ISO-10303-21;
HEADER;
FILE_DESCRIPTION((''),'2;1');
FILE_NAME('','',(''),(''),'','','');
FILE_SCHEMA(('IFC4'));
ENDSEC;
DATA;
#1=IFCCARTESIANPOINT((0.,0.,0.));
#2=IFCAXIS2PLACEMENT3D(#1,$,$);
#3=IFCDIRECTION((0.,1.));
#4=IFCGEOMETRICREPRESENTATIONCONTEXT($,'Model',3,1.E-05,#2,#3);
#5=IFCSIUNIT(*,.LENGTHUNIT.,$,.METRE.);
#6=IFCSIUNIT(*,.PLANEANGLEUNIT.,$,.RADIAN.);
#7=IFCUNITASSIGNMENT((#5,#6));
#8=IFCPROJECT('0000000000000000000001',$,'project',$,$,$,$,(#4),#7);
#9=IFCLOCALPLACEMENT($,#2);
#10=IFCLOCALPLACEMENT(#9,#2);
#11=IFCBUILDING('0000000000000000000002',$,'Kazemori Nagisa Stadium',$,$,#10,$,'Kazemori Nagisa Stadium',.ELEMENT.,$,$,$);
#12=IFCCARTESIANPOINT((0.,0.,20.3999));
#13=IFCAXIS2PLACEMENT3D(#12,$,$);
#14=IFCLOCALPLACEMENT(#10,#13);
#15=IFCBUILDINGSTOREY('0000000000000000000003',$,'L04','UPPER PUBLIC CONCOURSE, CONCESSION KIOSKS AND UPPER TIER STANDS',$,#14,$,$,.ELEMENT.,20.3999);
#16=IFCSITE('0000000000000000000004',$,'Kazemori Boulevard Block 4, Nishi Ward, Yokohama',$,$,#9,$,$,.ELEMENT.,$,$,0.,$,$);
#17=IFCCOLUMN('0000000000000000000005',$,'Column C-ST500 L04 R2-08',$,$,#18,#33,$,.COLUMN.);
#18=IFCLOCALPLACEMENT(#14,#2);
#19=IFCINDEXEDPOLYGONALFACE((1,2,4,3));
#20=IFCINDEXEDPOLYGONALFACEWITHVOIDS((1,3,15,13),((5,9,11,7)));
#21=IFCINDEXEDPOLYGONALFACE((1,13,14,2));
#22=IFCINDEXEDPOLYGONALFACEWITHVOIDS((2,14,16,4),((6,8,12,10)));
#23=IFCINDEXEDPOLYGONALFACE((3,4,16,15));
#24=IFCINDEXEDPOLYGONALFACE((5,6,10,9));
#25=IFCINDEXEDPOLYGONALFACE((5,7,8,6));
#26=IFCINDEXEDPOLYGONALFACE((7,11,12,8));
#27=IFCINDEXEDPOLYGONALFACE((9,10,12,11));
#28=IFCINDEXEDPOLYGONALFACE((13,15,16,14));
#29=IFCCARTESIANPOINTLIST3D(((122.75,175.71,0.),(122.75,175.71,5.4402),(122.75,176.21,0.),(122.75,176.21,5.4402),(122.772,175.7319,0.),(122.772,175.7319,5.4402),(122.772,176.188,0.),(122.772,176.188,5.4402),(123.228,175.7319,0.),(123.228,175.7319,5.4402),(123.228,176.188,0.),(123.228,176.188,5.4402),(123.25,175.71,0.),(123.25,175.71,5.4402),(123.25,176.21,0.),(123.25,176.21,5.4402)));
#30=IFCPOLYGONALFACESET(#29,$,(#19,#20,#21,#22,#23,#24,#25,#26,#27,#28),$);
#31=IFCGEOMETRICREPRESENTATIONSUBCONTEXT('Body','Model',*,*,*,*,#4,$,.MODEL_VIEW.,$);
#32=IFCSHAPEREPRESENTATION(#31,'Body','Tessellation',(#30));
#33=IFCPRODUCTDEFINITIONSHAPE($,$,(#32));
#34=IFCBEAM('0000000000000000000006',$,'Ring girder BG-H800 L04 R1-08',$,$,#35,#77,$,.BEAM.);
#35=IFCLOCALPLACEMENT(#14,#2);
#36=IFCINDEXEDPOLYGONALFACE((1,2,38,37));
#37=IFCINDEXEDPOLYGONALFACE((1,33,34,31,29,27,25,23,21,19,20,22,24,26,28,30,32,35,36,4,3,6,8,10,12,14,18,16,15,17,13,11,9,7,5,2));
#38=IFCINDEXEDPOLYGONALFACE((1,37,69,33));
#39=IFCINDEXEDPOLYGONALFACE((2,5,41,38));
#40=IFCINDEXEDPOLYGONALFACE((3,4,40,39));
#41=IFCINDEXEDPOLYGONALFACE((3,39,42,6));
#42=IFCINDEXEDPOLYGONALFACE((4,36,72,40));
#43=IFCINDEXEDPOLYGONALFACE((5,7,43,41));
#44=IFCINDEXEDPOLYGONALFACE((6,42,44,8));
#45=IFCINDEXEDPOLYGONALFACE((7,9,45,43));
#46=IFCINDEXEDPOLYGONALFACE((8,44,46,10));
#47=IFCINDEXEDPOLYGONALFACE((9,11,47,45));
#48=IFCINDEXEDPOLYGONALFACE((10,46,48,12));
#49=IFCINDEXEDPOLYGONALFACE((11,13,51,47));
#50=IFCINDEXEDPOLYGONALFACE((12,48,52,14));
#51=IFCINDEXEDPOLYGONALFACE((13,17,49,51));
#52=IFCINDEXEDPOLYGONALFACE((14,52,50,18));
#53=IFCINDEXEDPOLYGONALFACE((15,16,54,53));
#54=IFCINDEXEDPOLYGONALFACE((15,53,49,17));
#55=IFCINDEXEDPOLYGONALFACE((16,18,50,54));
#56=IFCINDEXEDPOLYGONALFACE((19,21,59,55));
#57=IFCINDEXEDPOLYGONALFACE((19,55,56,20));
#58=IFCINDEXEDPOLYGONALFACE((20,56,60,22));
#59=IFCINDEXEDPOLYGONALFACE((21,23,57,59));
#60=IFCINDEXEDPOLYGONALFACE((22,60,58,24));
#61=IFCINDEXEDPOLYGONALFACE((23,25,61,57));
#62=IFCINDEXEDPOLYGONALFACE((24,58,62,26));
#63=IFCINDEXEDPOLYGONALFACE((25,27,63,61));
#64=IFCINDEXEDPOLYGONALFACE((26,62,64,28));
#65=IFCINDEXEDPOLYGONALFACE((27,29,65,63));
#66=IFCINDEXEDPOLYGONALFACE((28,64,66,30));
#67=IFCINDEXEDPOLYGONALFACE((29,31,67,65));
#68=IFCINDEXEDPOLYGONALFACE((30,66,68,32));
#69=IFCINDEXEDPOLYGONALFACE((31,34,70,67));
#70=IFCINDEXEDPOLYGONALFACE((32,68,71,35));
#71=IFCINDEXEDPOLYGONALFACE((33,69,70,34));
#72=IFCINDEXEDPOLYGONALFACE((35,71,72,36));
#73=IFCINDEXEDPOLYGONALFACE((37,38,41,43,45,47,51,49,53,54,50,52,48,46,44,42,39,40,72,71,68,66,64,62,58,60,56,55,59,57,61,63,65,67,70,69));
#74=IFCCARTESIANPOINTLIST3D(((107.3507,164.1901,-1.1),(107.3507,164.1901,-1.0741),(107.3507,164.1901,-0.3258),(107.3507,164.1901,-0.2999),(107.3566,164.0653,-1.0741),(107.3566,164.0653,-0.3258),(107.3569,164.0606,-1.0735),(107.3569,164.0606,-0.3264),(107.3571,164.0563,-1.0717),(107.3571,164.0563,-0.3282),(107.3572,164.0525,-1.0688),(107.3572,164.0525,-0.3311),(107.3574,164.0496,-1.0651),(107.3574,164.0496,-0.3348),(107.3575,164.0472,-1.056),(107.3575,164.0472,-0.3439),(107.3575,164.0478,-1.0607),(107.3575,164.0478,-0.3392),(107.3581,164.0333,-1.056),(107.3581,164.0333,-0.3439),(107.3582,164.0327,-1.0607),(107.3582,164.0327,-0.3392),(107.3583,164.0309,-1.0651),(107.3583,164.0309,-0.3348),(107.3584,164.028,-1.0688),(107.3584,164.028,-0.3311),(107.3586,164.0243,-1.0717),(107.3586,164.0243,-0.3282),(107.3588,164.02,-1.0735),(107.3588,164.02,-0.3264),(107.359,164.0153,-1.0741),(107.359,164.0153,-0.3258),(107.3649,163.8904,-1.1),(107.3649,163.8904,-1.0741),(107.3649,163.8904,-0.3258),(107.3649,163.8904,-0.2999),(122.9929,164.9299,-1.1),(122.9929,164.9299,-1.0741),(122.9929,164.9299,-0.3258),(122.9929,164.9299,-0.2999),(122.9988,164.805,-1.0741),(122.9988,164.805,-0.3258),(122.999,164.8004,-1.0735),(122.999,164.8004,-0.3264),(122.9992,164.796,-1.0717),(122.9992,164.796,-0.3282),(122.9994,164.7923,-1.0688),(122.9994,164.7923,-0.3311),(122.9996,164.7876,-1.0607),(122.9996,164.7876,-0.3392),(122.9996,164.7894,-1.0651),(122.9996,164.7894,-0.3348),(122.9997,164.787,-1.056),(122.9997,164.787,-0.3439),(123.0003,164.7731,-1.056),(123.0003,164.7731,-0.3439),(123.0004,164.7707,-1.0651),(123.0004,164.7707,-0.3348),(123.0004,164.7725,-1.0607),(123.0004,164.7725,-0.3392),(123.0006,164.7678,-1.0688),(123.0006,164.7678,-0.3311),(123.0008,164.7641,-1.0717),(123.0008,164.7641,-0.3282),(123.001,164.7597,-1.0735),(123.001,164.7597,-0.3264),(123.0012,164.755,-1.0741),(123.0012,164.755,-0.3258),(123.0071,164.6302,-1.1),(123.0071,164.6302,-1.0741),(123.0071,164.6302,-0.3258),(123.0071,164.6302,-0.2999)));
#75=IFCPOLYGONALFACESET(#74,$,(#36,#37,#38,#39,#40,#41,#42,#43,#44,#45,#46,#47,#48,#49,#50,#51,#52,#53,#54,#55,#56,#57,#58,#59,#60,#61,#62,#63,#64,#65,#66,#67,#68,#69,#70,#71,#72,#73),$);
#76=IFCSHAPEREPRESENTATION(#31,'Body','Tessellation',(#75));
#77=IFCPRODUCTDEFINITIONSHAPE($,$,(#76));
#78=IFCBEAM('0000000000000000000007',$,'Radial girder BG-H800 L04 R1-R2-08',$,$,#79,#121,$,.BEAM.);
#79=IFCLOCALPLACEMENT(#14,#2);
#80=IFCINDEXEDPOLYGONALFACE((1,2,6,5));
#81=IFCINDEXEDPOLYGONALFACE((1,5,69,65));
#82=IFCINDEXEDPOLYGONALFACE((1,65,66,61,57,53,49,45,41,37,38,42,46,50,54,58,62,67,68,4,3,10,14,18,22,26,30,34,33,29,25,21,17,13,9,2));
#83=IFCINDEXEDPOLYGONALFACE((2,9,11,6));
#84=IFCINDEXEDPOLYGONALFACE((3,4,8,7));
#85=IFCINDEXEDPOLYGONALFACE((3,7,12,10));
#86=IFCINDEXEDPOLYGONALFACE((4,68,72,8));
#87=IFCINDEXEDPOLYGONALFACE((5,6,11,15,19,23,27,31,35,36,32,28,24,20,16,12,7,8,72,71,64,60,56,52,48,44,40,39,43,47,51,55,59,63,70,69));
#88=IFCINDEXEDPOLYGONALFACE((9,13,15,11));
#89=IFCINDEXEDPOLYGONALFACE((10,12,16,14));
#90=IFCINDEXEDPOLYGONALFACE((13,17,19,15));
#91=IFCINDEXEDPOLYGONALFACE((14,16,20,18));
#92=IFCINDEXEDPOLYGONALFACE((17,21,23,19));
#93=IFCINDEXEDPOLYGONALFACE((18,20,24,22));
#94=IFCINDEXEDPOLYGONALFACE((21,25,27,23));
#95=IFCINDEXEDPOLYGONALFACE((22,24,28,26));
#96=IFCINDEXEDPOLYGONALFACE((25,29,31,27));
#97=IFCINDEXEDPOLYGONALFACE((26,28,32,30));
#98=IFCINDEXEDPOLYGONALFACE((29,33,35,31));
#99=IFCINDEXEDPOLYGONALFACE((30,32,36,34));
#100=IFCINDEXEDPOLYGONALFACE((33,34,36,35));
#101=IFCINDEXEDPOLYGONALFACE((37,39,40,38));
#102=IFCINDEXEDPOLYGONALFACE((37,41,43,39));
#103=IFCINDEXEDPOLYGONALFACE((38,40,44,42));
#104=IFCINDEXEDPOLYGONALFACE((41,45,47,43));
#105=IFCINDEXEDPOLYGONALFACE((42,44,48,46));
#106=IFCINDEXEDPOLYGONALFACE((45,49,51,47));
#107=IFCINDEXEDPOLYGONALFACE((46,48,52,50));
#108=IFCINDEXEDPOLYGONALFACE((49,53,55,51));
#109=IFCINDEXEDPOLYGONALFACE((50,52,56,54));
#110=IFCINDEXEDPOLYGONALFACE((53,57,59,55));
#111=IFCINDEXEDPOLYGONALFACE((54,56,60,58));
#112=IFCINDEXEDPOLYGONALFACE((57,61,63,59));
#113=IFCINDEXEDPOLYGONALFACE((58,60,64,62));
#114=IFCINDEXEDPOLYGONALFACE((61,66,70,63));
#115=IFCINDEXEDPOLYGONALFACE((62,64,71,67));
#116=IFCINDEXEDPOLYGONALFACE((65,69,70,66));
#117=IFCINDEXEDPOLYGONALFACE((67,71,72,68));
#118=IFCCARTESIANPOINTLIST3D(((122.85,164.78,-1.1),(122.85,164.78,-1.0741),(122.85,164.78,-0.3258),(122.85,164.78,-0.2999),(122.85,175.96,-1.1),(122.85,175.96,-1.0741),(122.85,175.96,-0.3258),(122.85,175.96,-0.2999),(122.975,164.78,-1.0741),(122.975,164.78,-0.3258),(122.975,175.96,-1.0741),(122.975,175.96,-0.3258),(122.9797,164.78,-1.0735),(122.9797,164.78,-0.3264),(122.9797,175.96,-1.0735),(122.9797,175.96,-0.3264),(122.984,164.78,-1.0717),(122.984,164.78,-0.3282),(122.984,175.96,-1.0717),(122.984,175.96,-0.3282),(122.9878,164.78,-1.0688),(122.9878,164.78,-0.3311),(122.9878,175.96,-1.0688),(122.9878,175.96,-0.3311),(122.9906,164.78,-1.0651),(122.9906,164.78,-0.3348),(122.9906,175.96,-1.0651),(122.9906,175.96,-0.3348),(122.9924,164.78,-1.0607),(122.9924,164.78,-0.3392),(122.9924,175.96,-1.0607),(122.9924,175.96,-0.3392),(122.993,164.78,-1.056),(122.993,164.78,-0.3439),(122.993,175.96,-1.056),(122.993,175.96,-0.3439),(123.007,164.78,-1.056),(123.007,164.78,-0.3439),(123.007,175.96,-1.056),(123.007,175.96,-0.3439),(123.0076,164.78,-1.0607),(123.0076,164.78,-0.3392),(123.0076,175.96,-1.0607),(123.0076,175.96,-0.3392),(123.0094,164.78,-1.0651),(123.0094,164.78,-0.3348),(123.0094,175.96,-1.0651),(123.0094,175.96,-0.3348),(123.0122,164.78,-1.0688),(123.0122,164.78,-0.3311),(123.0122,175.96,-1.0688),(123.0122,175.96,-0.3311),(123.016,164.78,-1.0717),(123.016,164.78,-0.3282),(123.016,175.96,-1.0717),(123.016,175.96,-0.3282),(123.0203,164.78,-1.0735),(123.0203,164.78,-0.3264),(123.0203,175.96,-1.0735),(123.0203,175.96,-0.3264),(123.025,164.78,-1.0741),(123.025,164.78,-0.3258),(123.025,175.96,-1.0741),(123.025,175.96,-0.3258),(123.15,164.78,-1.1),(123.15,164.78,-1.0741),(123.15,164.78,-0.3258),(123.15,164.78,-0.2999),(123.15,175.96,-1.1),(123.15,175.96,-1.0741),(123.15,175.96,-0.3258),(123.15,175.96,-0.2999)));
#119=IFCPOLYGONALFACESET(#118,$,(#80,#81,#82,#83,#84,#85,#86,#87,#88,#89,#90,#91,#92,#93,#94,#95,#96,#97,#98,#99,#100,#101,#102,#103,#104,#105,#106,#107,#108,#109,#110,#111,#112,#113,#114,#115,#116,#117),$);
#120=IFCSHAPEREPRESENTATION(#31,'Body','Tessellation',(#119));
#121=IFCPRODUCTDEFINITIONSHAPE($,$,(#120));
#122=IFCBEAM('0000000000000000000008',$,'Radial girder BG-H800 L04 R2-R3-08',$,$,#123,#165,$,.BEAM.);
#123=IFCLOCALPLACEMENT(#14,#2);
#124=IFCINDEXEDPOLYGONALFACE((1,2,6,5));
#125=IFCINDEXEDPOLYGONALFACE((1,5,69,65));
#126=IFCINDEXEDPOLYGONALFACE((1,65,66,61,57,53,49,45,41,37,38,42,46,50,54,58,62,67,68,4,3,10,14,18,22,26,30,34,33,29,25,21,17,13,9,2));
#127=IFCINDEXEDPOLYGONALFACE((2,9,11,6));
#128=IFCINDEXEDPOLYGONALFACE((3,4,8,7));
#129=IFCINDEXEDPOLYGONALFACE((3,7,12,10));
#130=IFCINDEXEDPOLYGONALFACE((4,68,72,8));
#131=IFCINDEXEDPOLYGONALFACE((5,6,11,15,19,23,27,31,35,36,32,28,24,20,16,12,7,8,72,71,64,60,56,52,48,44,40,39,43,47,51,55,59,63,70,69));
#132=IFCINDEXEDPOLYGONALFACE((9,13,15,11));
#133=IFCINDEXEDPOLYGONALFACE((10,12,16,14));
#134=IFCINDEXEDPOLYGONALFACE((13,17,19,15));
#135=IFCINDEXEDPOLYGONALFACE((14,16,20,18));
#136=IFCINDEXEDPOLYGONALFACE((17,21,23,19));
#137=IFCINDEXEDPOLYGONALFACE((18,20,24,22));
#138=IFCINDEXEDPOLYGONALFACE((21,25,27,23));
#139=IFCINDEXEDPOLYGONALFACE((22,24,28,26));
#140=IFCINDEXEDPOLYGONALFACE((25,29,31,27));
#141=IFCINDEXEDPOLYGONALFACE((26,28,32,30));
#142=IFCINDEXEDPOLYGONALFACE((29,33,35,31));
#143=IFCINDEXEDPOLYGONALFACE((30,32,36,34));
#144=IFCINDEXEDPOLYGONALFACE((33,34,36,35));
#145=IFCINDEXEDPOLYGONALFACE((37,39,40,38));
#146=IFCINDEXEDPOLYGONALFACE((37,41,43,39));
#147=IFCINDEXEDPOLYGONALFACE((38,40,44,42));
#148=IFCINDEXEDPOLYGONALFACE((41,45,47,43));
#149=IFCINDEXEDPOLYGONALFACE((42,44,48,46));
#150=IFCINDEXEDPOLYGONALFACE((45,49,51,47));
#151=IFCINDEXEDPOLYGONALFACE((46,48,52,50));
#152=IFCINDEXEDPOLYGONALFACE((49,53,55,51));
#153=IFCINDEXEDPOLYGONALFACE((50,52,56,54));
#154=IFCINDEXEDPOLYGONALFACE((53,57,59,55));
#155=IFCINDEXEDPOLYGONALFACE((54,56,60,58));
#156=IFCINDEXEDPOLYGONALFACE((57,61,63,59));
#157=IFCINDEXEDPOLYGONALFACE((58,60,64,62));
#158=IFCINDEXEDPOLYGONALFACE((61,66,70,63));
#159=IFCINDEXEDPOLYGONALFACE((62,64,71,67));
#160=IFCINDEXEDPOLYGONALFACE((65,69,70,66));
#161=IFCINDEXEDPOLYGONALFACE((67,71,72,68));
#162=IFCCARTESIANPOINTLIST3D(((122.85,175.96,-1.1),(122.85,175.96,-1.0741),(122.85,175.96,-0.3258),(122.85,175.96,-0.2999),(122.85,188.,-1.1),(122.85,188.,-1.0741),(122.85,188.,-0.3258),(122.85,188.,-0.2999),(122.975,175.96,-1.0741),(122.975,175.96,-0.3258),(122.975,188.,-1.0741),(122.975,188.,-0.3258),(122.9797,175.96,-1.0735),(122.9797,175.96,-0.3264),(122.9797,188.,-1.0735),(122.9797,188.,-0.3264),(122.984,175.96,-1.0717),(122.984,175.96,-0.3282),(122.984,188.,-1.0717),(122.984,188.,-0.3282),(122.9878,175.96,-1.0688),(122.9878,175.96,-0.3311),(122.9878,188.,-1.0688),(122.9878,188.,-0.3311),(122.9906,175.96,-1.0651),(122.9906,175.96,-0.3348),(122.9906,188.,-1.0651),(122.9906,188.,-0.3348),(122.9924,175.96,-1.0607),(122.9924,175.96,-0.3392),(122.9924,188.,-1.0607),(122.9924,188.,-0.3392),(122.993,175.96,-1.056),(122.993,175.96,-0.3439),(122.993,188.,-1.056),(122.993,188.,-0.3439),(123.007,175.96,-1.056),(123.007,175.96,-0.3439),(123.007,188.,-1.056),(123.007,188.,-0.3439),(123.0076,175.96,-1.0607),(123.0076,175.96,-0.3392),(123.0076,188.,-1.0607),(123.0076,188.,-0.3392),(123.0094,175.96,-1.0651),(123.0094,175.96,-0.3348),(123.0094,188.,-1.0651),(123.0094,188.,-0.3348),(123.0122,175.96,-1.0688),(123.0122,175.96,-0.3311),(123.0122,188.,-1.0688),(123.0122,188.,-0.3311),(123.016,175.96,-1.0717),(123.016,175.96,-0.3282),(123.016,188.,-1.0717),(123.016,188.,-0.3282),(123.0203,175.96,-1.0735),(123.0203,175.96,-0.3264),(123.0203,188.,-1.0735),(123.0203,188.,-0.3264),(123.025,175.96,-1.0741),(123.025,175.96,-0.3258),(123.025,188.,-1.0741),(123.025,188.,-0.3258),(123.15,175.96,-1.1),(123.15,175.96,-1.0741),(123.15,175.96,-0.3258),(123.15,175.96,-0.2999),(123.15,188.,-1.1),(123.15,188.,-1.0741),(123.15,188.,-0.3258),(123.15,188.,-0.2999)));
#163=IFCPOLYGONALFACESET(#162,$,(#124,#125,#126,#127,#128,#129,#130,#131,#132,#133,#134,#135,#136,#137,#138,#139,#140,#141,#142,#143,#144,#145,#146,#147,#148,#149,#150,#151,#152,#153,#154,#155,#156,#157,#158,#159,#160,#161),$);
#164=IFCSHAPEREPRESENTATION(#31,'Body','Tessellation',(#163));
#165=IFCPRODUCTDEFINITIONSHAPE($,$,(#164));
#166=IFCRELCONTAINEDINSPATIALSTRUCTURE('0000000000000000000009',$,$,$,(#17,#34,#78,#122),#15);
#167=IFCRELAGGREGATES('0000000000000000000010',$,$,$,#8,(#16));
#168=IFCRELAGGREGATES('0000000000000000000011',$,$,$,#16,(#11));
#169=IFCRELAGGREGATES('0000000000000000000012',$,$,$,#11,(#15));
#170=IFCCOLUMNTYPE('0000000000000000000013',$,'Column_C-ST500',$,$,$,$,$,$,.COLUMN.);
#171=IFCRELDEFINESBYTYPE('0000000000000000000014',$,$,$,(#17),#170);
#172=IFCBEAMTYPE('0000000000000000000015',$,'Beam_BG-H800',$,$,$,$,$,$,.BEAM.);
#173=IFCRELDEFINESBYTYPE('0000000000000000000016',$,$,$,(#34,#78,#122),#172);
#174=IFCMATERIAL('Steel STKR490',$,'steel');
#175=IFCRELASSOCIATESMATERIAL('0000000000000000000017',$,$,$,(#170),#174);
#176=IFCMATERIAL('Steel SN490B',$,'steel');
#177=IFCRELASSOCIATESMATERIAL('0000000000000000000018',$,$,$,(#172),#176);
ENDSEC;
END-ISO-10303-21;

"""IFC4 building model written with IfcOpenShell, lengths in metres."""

from ifc_helpers import new_model, si_unit, direction, frame, origin, origin_2d, place, context, subcontext, project, spatial, hollow_rectangle, i_section, extrude, material, material_profile, profile_set, type_object, element, save


model = new_model("IFC4")

# Units and contexts
model_context = context("Model", 3, precision=1e-05, world=origin(), true_north=direction((0.0, 1.0)))
body_context = subcontext(model_context, "Body", "Model", "MODEL_VIEW")
ifc_project = project(units=[si_unit("LENGTHUNIT", "METRE"), si_unit("PLANEANGLEUNIT", "RADIAN")], contexts=[model_context])

# Site, building, storey
site_placement = place(None, origin())
site = spatial("IfcSite", under=ifc_project, at=site_placement, Name="Kazemori Boulevard Block 4, Nishi Ward, Yokohama", CompositionType="ELEMENT", RefElevation=0.0)
building_placement = place(site_placement, origin())
building = spatial("IfcBuilding", under=site, at=building_placement, Name="Kazemori Nagisa Stadium", LongName="Kazemori Nagisa Stadium", CompositionType="ELEMENT")
storey_placement = place(building_placement, frame((0.0, 0.0, 20.3999)))
storey = spatial("IfcBuildingStorey", under=building, at=storey_placement, Name="L04", Description="UPPER PUBLIC CONCOURSE, CONCESSION KIOSKS AND UPPER TIER STANDS", CompositionType="ELEMENT", Elevation=20.3999)

# Column
ifc_material_1 = material(Name="Steel STKR490", Category="steel")
ifc_material_profile_1 = material_profile(ifc_material_1, hollow_rectangle(XDim=0.5, YDim=0.5, WallThickness=0.022, at=origin_2d()), Name="SHS-500x500x22")
ifc_profile_set_1 = profile_set([ifc_material_profile_1], Name="Steel STKR490")
column_type = type_object("IfcColumnType", Name="Column_C-ST500", PredefinedType="COLUMN", material=ifc_profile_set_1)
column_placement = place(storey_placement, frame((123.0, 175.96, 0.0), z_axis=(0.0, 0.0, 1.0), x_axis=(0.0, 1.0, 0.0)))
element("IfcColumn", 1, at=column_placement, inside=storey, type_object=column_type, Name="Column C-ST500 L04 R2-08", PredefinedType="COLUMN", context=body_context, shape_type="SweptSolid", body=[
    extrude(hollow_rectangle(XDim=0.5, YDim=0.5, WallThickness=0.022, at=origin_2d()), origin(), (0.0, 0.0, 1.0), 5.4402),
])

# Beams
ifc_material_2 = material(Name="Steel SN490B", Category="steel")
ifc_material_profile_2 = material_profile(ifc_material_2, i_section(OverallWidth=0.3, OverallDepth=0.8, WebThickness=0.0139, FlangeThickness=0.0259, FilletRadius=0.0181, at=origin_2d()), Name="H-800x300x14x26")
ifc_profile_set_2 = profile_set([ifc_material_profile_2], Name="Steel SN490B")
beam_type_1 = type_object("IfcBeamType", Name="Beam_BG-H800", PredefinedType="BEAM", material=ifc_profile_set_2)
beam_1_placement = place(storey_placement, frame((123.0, 164.78, -0.7), z_axis=(-0.998884, -0.047239, 0.0), x_axis=(0.047239, -0.998884, 0.0)))
element("IfcBeam", 2, at=beam_1_placement, inside=storey, type_object=beam_type_1, Name="Ring girder BG-H800 L04 R1-08", PredefinedType="BEAM", context=body_context, shape_type="SweptSolid", body=[
    extrude(i_section(OverallWidth=0.3, OverallDepth=0.8, WebThickness=0.0139, FlangeThickness=0.0259, FilletRadius=0.0181, at=origin_2d()), origin(), (0.0, 0.0, 1.0), 15.6597),
])
beam_2_placement = place(storey_placement, frame((123.0, 164.78, -0.7), z_axis=(0.0, 1.0, 0.0), x_axis=(-1.0, 0.0, 0.0)))
element("IfcBeam", 3, at=beam_2_placement, inside=storey, type_object=beam_type_1, Name="Radial girder BG-H800 L04 R1-R2-08", PredefinedType="BEAM", context=body_context, shape_type="SweptSolid", body=[
    extrude(i_section(OverallWidth=0.3, OverallDepth=0.8, WebThickness=0.0139, FlangeThickness=0.0259, FilletRadius=0.0181, at=origin_2d()), origin(), (0.0, 0.0, 1.0), 11.1799),
])
beam_3_placement = place(storey_placement, frame((123.0, 175.96, -0.7), z_axis=(0.0, 1.0, 0.0), x_axis=(-1.0, 0.0, 0.0)))
element("IfcBeam", 4, at=beam_3_placement, inside=storey, type_object=beam_type_1, Name="Radial girder BG-H800 L04 R2-R3-08", PredefinedType="BEAM", context=body_context, shape_type="SweptSolid", body=[
    extrude(i_section(OverallWidth=0.3, OverallDepth=0.8, WebThickness=0.0139, FlangeThickness=0.0259, FilletRadius=0.0181, at=origin_2d()), origin(), (0.0, 0.0, 1.0), 12.04),
])

save(model, "model.ifc")
